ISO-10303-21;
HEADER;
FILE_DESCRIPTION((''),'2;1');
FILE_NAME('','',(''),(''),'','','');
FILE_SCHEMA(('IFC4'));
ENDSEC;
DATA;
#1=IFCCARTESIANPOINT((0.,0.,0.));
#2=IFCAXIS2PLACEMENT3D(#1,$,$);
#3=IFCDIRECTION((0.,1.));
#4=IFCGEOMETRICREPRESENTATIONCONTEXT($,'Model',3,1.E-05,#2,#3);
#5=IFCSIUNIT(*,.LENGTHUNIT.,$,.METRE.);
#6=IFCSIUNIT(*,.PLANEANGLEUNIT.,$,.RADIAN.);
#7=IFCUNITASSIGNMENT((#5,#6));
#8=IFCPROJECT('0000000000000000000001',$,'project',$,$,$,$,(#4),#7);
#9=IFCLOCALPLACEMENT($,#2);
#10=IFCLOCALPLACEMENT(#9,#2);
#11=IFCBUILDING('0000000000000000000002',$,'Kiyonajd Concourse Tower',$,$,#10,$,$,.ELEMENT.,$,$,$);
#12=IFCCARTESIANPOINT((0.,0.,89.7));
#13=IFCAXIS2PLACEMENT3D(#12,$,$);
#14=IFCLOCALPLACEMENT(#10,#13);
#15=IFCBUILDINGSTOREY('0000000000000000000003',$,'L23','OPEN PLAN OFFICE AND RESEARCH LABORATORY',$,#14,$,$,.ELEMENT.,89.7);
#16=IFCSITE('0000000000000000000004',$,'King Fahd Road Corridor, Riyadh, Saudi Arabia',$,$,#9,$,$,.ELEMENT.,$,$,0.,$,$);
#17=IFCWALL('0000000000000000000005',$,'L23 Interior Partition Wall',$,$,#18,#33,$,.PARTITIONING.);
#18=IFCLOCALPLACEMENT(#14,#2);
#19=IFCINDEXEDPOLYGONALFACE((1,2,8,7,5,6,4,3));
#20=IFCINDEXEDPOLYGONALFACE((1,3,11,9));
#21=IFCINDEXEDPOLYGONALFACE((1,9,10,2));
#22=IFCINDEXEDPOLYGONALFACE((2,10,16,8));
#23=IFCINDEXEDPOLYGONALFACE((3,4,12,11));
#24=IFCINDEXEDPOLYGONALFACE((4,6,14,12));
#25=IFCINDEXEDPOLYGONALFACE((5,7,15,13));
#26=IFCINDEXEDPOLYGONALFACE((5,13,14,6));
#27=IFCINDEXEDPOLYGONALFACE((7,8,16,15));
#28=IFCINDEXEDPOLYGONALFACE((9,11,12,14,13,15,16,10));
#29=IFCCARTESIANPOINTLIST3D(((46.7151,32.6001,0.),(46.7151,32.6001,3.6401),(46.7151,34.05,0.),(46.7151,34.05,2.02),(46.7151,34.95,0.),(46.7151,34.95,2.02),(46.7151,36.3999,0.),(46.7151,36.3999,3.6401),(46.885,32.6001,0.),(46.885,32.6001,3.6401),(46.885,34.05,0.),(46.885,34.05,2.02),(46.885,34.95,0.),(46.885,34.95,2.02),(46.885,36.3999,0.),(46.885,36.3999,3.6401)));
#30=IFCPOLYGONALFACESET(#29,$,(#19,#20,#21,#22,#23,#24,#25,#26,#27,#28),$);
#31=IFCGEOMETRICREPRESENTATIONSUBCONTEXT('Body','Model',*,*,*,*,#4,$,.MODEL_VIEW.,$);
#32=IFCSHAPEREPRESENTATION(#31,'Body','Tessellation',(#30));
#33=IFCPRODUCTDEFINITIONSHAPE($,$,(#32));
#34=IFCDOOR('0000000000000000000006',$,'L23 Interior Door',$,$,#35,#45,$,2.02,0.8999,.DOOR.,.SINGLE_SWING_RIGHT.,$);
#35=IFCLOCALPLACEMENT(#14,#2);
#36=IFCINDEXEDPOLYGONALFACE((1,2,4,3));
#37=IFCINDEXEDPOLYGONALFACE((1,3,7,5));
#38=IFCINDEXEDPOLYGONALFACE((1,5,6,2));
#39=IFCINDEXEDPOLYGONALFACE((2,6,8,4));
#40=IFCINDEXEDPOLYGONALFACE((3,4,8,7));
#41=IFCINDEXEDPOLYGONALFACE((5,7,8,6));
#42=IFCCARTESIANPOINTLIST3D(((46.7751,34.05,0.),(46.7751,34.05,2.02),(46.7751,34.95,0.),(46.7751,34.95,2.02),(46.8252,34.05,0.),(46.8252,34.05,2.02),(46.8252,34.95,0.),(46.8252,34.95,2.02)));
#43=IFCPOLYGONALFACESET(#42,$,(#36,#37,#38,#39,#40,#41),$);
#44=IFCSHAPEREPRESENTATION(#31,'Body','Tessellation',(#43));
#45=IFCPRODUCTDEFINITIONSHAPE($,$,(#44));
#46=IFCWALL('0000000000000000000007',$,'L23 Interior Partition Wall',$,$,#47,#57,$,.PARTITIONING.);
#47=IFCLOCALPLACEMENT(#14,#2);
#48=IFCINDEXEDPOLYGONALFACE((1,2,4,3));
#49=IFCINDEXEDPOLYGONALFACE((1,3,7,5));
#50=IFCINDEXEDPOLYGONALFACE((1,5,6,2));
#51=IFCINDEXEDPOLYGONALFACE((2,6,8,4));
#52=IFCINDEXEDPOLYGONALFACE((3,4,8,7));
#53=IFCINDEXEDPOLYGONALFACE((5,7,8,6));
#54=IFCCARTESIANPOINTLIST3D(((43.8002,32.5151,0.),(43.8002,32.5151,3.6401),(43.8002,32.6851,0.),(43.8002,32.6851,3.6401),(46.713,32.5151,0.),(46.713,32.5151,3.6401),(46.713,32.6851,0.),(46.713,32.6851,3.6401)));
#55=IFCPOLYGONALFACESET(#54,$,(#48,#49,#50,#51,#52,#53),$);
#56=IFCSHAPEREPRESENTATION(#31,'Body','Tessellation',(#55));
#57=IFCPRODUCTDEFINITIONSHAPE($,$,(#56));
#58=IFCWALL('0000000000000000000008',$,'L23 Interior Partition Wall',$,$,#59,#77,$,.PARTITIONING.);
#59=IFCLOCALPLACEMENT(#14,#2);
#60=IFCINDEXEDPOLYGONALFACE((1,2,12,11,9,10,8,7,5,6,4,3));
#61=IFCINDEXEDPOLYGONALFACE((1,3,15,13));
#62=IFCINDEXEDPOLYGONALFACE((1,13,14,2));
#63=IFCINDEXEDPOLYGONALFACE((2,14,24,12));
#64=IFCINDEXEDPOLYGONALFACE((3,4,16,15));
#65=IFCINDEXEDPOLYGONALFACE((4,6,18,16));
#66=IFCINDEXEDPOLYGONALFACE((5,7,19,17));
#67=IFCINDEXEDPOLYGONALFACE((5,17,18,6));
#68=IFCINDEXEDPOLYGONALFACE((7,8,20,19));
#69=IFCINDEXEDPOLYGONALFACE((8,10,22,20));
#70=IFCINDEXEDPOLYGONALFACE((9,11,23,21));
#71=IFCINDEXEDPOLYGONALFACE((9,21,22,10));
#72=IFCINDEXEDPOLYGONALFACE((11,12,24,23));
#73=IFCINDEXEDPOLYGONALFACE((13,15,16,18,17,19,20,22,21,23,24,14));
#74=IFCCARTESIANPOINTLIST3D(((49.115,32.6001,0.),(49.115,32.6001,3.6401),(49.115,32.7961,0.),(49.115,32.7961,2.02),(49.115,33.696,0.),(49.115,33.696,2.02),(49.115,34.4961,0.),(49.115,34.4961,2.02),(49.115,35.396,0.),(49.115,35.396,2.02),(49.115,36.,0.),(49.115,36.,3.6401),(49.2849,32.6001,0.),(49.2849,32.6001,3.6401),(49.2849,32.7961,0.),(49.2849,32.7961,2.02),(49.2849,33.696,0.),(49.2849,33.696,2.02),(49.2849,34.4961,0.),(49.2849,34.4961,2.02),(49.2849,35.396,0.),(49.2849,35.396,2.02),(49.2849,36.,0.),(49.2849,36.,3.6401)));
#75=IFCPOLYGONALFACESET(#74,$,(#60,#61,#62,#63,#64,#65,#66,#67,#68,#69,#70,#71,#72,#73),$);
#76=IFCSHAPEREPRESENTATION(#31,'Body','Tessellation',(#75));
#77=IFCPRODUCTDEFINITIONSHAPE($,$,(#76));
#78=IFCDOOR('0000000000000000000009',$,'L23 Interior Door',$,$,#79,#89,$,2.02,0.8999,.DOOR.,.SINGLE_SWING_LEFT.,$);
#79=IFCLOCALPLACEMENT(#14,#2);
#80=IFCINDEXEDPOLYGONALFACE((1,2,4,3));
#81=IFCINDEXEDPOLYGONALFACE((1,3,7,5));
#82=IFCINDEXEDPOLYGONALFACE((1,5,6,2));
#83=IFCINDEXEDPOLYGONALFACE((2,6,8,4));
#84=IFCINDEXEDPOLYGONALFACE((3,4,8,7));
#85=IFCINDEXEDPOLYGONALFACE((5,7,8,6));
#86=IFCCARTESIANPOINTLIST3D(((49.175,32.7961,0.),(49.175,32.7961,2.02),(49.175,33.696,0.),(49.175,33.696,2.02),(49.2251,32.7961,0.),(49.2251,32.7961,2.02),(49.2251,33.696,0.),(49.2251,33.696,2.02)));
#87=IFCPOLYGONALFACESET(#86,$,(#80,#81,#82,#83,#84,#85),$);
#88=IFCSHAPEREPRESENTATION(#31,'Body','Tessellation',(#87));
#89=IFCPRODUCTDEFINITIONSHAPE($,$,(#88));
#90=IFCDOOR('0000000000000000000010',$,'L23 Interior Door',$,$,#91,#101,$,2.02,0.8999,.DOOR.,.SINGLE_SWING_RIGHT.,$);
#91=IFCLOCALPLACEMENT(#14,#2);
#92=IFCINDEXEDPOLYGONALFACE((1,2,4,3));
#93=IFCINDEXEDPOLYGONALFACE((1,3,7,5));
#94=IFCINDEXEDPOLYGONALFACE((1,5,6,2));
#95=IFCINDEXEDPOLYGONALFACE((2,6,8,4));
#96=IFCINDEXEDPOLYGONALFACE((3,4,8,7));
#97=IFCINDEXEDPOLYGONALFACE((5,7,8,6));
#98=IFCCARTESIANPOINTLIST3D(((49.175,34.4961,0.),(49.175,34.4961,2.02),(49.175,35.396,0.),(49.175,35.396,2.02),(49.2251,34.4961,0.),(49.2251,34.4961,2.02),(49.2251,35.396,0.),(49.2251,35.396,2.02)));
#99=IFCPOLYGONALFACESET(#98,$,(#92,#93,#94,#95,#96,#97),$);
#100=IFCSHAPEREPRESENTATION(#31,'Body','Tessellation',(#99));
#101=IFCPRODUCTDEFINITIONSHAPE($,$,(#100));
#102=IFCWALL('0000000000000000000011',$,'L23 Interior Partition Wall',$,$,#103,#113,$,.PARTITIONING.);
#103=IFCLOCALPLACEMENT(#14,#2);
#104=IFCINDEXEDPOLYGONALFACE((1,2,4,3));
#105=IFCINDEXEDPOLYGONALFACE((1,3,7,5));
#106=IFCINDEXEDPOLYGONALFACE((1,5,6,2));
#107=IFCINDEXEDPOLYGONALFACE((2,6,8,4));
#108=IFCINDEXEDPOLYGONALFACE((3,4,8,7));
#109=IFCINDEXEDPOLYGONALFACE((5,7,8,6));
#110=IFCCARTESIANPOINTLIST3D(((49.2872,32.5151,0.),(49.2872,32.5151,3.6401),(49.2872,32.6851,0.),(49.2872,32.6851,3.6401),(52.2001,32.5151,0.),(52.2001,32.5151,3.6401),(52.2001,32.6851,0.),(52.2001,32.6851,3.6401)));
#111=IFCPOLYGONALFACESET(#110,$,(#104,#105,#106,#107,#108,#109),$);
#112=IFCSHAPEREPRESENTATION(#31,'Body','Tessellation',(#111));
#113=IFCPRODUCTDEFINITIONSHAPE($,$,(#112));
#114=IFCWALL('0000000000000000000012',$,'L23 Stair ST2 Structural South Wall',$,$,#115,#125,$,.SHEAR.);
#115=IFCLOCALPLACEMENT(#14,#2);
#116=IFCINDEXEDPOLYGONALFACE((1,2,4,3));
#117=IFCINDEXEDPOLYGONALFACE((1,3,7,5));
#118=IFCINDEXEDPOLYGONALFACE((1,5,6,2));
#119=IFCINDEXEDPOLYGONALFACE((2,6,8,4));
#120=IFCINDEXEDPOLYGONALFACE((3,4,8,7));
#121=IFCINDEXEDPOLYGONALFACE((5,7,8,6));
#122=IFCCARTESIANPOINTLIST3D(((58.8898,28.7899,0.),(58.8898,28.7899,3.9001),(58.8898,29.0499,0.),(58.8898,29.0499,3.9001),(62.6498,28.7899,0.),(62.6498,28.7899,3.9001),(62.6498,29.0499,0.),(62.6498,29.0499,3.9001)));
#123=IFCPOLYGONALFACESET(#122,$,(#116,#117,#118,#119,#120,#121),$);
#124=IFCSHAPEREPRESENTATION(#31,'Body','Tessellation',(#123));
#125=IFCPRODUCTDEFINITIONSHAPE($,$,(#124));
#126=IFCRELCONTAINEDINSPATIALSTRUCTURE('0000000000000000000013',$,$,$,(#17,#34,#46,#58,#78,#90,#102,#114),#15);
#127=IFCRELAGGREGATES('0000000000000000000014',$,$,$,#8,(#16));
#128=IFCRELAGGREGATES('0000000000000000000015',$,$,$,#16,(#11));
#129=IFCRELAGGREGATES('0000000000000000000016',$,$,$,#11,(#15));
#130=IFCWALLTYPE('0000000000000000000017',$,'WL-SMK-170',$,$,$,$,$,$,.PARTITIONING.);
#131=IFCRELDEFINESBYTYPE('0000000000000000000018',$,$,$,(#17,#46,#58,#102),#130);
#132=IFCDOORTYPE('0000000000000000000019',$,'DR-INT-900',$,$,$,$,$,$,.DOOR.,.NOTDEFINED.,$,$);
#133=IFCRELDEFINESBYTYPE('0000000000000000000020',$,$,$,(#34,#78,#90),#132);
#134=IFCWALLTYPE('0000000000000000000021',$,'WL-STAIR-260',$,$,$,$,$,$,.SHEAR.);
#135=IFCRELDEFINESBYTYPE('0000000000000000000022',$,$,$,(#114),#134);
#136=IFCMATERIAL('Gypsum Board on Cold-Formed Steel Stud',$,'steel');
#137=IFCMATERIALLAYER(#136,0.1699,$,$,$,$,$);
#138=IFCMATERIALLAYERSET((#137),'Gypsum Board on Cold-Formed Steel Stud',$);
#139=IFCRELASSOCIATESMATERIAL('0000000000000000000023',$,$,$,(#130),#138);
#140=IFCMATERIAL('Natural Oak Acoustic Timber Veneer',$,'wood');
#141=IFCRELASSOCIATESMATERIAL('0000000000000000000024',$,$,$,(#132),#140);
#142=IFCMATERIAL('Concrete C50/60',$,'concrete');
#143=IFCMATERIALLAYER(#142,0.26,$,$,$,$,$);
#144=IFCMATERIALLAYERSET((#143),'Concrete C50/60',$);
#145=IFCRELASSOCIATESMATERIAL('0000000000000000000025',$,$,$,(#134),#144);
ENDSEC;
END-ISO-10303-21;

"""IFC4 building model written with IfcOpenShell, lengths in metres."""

from ifc_helpers import new_model, si_unit, direction, frame, frame_2d, origin, place, context, subcontext, project, spatial, rectangle, extrude, material, layer, layer_set, type_object, element, fill, save


model = new_model("IFC4")

# Units and contexts
model_context = context("Model", 3, precision=1e-05, world=origin(), true_north=direction((0.0, 1.0)))
body_context = subcontext(model_context, "Body", "Model", "MODEL_VIEW")
ifc_project = project(units=[si_unit("LENGTHUNIT", "METRE"), si_unit("PLANEANGLEUNIT", "RADIAN")], contexts=[model_context])

# Site, building, storey
site_placement = place(None, origin())
site = spatial("IfcSite", under=ifc_project, at=site_placement, Name="King Fahd Road Corridor, Riyadh, Saudi Arabia", CompositionType="ELEMENT", RefElevation=0.0)
building_placement = place(site_placement, origin())
building = spatial("IfcBuilding", under=site, at=building_placement, Name="Kiyonajd Concourse Tower", CompositionType="ELEMENT")
storey_placement = place(building_placement, frame((0.0, 0.0, 89.7)))
storey = spatial("IfcBuildingStorey", under=building, at=storey_placement, Name="L23", Description="OPEN PLAN OFFICE AND RESEARCH LABORATORY", CompositionType="ELEMENT", Elevation=89.7)

# Shared definitions
ifc_material_1 = material(Name="Gypsum Board on Cold-Formed Steel Stud", Category="steel")

# Wall, opening, door
ifc_layer_1 = layer(ifc_material_1, 0.1699)
ifc_layer_set_1 = layer_set([ifc_layer_1], Name="Gypsum Board on Cold-Formed Steel Stud")
wall_type_1 = type_object("IfcWallType", Name="WL-SMK-170", PredefinedType="PARTITIONING", material=ifc_layer_set_1)
wall_1_placement = place(storey_placement, frame((46.8, 32.6001, 0.0), z_axis=(0.0, 0.0, 1.0), x_axis=(0.0, 1.0, 0.0)))
wall_1 = element("IfcWall", 1, at=wall_1_placement, inside=storey, type_object=wall_type_1, Name="L23 Interior Partition Wall", PredefinedType="PARTITIONING", context=body_context, shape_type="SweptSolid", body=[
    extrude(rectangle(XDim=3.7998, YDim=0.1699, at=frame_2d((1.8999, 0.0))), origin(), (0.0, 0.0, 1.0), 3.6401),
])
opening_1_placement = place(wall_1_placement, frame((1.45, 0.0, 0.0)))
opening_1 = element("IfcOpeningElement", 2, at=opening_1_placement, cuts=wall_1, PredefinedType="OPENING", context=body_context, shape_type="SweptSolid", body=[
    extrude(rectangle(XDim=0.8999, YDim=2.02, at=frame_2d((0.45, 1.01))), frame((0.0, 0.095, 0.0), z_axis=(0.0, -1.0, 0.0), x_axis=(1.0, 0.0, 0.0)), (0.0, 0.0, 1.0), 0.1899),
])
ifc_material_2 = material(Name="Natural Oak Acoustic Timber Veneer", Category="wood")
door_type_1 = type_object("IfcDoorType", Name="DR-INT-900", OperationType="NOTDEFINED", PredefinedType="DOOR", material=ifc_material_2)
door_1_placement = place(opening_1_placement, origin())
door_1 = element("IfcDoor", 3, at=door_1_placement, inside=storey, type_object=door_type_1, Name="L23 Interior Door", OperationType="SINGLE_SWING_RIGHT", OverallHeight=2.02, OverallWidth=0.8999, PredefinedType="DOOR", context=body_context, shape_type="SweptSolid", body=[
    extrude(rectangle(XDim=0.8999, YDim=2.02, at=frame_2d((0.45, 1.01))), frame((0.0, 0.0249, 0.0), z_axis=(0.0, -1.0, 0.0), x_axis=(1.0, 0.0, 0.0)), (0.0, 0.0, 1.0), 0.05),
])
fill(opening_1, door_1)

# Wall
wall_2_placement = place(storey_placement, frame((43.8, 32.6001, 0.0), z_axis=(0.0, 0.0, 1.0), x_axis=(1.0, 0.0, 0.0)))
element("IfcWall", 4, at=wall_2_placement, inside=storey, type_object=wall_type_1, Name="L23 Interior Partition Wall", PredefinedType="PARTITIONING", context=body_context, shape_type="SweptSolid", body=[
    extrude(rectangle(XDim=2.9128, YDim=0.1699, at=frame_2d((1.4565, 0.0))), origin(), (0.0, 0.0, 1.0), 3.6401),
])

# Wall, openings, doors
wall_3_placement = place(storey_placement, frame((49.2, 32.6001, 0.0), z_axis=(0.0, 0.0, 1.0), x_axis=(0.0, 1.0, 0.0)))
wall_3 = element("IfcWall", 5, at=wall_3_placement, inside=storey, type_object=wall_type_1, Name="L23 Interior Partition Wall", PredefinedType="PARTITIONING", context=body_context, shape_type="SweptSolid", body=[
    extrude(rectangle(XDim=3.3999, YDim=0.1699, at=frame_2d((1.7, 0.0))), origin(), (0.0, 0.0, 1.0), 3.6401),
])
opening_2_placement = place(wall_3_placement, frame((0.196, 0.0, 0.0)))
opening_2 = element("IfcOpeningElement", 6, at=opening_2_placement, cuts=wall_3, PredefinedType="OPENING", context=body_context, shape_type="SweptSolid", body=[
    extrude(rectangle(XDim=0.8999, YDim=2.02, at=frame_2d((0.45, 1.01))), frame((0.0, 0.095, 0.0), z_axis=(0.0, -1.0, 0.0), x_axis=(1.0, 0.0, 0.0)), (0.0, 0.0, 1.0), 0.1899),
])
opening_3_placement = place(wall_3_placement, frame((1.896, 0.0, 0.0)))
opening_3 = element("IfcOpeningElement", 7, at=opening_3_placement, cuts=wall_3, PredefinedType="OPENING", context=body_context, shape_type="SweptSolid", body=[
    extrude(rectangle(XDim=0.8999, YDim=2.02, at=frame_2d((0.45, 1.01))), frame((0.0, 0.095, 0.0), z_axis=(0.0, -1.0, 0.0), x_axis=(1.0, 0.0, 0.0)), (0.0, 0.0, 1.0), 0.1899),
])
door_2_placement = place(opening_2_placement, origin())
door_2 = element("IfcDoor", 8, at=door_2_placement, inside=storey, type_object=door_type_1, Name="L23 Interior Door", OperationType="SINGLE_SWING_LEFT", OverallHeight=2.02, OverallWidth=0.8999, PredefinedType="DOOR", context=body_context, shape_type="SweptSolid", body=[
    extrude(rectangle(XDim=0.8999, YDim=2.02, at=frame_2d((0.45, 1.01))), frame((0.0, 0.0249, 0.0), z_axis=(0.0, -1.0, 0.0), x_axis=(1.0, 0.0, 0.0)), (0.0, 0.0, 1.0), 0.05),
])
fill(opening_2, door_2)
door_3_placement = place(opening_3_placement, origin())
door_3 = element("IfcDoor", 9, at=door_3_placement, inside=storey, type_object=door_type_1, Name="L23 Interior Door", OperationType="SINGLE_SWING_RIGHT", OverallHeight=2.02, OverallWidth=0.8999, PredefinedType="DOOR", context=body_context, shape_type="SweptSolid", body=[
    extrude(rectangle(XDim=0.8999, YDim=2.02, at=frame_2d((0.45, 1.01))), frame((0.0, 0.0249, 0.0), z_axis=(0.0, -1.0, 0.0), x_axis=(1.0, 0.0, 0.0)), (0.0, 0.0, 1.0), 0.05),
])
fill(opening_3, door_3)

# Walls
wall_4_placement = place(storey_placement, frame((49.2871, 32.6001, 0.0), z_axis=(0.0, 0.0, 1.0), x_axis=(1.0, 0.0, 0.0)))
element("IfcWall", 10, at=wall_4_placement, inside=storey, type_object=wall_type_1, Name="L23 Interior Partition Wall", PredefinedType="PARTITIONING", context=body_context, shape_type="SweptSolid", body=[
    extrude(rectangle(XDim=2.9128, YDim=0.1699, at=frame_2d((1.4565, 0.0))), origin(), (0.0, 0.0, 1.0), 3.6401),
])
ifc_material_3 = material(Name="Concrete C50/60", Category="concrete")
ifc_layer_2 = layer(ifc_material_3, 0.26)
ifc_layer_set_2 = layer_set([ifc_layer_2], Name="Concrete C50/60")
wall_type_2 = type_object("IfcWallType", Name="WL-STAIR-260", PredefinedType="SHEAR", material=ifc_layer_set_2)
wall_5_placement = place(storey_placement, frame((58.8899, 28.9199, 0.0), z_axis=(0.0, 0.0, 1.0), x_axis=(1.0, 0.0, 0.0)))
element("IfcWall", 11, at=wall_5_placement, inside=storey, type_object=wall_type_2, Name="L23 Stair ST2 Structural South Wall", PredefinedType="SHEAR", context=body_context, shape_type="SweptSolid", body=[
    extrude(rectangle(XDim=3.76, YDim=0.26, at=frame_2d((1.8799, 0.0))), origin(), (0.0, 0.0, 1.0), 3.9001),
])

save(model, "model.ifc")
